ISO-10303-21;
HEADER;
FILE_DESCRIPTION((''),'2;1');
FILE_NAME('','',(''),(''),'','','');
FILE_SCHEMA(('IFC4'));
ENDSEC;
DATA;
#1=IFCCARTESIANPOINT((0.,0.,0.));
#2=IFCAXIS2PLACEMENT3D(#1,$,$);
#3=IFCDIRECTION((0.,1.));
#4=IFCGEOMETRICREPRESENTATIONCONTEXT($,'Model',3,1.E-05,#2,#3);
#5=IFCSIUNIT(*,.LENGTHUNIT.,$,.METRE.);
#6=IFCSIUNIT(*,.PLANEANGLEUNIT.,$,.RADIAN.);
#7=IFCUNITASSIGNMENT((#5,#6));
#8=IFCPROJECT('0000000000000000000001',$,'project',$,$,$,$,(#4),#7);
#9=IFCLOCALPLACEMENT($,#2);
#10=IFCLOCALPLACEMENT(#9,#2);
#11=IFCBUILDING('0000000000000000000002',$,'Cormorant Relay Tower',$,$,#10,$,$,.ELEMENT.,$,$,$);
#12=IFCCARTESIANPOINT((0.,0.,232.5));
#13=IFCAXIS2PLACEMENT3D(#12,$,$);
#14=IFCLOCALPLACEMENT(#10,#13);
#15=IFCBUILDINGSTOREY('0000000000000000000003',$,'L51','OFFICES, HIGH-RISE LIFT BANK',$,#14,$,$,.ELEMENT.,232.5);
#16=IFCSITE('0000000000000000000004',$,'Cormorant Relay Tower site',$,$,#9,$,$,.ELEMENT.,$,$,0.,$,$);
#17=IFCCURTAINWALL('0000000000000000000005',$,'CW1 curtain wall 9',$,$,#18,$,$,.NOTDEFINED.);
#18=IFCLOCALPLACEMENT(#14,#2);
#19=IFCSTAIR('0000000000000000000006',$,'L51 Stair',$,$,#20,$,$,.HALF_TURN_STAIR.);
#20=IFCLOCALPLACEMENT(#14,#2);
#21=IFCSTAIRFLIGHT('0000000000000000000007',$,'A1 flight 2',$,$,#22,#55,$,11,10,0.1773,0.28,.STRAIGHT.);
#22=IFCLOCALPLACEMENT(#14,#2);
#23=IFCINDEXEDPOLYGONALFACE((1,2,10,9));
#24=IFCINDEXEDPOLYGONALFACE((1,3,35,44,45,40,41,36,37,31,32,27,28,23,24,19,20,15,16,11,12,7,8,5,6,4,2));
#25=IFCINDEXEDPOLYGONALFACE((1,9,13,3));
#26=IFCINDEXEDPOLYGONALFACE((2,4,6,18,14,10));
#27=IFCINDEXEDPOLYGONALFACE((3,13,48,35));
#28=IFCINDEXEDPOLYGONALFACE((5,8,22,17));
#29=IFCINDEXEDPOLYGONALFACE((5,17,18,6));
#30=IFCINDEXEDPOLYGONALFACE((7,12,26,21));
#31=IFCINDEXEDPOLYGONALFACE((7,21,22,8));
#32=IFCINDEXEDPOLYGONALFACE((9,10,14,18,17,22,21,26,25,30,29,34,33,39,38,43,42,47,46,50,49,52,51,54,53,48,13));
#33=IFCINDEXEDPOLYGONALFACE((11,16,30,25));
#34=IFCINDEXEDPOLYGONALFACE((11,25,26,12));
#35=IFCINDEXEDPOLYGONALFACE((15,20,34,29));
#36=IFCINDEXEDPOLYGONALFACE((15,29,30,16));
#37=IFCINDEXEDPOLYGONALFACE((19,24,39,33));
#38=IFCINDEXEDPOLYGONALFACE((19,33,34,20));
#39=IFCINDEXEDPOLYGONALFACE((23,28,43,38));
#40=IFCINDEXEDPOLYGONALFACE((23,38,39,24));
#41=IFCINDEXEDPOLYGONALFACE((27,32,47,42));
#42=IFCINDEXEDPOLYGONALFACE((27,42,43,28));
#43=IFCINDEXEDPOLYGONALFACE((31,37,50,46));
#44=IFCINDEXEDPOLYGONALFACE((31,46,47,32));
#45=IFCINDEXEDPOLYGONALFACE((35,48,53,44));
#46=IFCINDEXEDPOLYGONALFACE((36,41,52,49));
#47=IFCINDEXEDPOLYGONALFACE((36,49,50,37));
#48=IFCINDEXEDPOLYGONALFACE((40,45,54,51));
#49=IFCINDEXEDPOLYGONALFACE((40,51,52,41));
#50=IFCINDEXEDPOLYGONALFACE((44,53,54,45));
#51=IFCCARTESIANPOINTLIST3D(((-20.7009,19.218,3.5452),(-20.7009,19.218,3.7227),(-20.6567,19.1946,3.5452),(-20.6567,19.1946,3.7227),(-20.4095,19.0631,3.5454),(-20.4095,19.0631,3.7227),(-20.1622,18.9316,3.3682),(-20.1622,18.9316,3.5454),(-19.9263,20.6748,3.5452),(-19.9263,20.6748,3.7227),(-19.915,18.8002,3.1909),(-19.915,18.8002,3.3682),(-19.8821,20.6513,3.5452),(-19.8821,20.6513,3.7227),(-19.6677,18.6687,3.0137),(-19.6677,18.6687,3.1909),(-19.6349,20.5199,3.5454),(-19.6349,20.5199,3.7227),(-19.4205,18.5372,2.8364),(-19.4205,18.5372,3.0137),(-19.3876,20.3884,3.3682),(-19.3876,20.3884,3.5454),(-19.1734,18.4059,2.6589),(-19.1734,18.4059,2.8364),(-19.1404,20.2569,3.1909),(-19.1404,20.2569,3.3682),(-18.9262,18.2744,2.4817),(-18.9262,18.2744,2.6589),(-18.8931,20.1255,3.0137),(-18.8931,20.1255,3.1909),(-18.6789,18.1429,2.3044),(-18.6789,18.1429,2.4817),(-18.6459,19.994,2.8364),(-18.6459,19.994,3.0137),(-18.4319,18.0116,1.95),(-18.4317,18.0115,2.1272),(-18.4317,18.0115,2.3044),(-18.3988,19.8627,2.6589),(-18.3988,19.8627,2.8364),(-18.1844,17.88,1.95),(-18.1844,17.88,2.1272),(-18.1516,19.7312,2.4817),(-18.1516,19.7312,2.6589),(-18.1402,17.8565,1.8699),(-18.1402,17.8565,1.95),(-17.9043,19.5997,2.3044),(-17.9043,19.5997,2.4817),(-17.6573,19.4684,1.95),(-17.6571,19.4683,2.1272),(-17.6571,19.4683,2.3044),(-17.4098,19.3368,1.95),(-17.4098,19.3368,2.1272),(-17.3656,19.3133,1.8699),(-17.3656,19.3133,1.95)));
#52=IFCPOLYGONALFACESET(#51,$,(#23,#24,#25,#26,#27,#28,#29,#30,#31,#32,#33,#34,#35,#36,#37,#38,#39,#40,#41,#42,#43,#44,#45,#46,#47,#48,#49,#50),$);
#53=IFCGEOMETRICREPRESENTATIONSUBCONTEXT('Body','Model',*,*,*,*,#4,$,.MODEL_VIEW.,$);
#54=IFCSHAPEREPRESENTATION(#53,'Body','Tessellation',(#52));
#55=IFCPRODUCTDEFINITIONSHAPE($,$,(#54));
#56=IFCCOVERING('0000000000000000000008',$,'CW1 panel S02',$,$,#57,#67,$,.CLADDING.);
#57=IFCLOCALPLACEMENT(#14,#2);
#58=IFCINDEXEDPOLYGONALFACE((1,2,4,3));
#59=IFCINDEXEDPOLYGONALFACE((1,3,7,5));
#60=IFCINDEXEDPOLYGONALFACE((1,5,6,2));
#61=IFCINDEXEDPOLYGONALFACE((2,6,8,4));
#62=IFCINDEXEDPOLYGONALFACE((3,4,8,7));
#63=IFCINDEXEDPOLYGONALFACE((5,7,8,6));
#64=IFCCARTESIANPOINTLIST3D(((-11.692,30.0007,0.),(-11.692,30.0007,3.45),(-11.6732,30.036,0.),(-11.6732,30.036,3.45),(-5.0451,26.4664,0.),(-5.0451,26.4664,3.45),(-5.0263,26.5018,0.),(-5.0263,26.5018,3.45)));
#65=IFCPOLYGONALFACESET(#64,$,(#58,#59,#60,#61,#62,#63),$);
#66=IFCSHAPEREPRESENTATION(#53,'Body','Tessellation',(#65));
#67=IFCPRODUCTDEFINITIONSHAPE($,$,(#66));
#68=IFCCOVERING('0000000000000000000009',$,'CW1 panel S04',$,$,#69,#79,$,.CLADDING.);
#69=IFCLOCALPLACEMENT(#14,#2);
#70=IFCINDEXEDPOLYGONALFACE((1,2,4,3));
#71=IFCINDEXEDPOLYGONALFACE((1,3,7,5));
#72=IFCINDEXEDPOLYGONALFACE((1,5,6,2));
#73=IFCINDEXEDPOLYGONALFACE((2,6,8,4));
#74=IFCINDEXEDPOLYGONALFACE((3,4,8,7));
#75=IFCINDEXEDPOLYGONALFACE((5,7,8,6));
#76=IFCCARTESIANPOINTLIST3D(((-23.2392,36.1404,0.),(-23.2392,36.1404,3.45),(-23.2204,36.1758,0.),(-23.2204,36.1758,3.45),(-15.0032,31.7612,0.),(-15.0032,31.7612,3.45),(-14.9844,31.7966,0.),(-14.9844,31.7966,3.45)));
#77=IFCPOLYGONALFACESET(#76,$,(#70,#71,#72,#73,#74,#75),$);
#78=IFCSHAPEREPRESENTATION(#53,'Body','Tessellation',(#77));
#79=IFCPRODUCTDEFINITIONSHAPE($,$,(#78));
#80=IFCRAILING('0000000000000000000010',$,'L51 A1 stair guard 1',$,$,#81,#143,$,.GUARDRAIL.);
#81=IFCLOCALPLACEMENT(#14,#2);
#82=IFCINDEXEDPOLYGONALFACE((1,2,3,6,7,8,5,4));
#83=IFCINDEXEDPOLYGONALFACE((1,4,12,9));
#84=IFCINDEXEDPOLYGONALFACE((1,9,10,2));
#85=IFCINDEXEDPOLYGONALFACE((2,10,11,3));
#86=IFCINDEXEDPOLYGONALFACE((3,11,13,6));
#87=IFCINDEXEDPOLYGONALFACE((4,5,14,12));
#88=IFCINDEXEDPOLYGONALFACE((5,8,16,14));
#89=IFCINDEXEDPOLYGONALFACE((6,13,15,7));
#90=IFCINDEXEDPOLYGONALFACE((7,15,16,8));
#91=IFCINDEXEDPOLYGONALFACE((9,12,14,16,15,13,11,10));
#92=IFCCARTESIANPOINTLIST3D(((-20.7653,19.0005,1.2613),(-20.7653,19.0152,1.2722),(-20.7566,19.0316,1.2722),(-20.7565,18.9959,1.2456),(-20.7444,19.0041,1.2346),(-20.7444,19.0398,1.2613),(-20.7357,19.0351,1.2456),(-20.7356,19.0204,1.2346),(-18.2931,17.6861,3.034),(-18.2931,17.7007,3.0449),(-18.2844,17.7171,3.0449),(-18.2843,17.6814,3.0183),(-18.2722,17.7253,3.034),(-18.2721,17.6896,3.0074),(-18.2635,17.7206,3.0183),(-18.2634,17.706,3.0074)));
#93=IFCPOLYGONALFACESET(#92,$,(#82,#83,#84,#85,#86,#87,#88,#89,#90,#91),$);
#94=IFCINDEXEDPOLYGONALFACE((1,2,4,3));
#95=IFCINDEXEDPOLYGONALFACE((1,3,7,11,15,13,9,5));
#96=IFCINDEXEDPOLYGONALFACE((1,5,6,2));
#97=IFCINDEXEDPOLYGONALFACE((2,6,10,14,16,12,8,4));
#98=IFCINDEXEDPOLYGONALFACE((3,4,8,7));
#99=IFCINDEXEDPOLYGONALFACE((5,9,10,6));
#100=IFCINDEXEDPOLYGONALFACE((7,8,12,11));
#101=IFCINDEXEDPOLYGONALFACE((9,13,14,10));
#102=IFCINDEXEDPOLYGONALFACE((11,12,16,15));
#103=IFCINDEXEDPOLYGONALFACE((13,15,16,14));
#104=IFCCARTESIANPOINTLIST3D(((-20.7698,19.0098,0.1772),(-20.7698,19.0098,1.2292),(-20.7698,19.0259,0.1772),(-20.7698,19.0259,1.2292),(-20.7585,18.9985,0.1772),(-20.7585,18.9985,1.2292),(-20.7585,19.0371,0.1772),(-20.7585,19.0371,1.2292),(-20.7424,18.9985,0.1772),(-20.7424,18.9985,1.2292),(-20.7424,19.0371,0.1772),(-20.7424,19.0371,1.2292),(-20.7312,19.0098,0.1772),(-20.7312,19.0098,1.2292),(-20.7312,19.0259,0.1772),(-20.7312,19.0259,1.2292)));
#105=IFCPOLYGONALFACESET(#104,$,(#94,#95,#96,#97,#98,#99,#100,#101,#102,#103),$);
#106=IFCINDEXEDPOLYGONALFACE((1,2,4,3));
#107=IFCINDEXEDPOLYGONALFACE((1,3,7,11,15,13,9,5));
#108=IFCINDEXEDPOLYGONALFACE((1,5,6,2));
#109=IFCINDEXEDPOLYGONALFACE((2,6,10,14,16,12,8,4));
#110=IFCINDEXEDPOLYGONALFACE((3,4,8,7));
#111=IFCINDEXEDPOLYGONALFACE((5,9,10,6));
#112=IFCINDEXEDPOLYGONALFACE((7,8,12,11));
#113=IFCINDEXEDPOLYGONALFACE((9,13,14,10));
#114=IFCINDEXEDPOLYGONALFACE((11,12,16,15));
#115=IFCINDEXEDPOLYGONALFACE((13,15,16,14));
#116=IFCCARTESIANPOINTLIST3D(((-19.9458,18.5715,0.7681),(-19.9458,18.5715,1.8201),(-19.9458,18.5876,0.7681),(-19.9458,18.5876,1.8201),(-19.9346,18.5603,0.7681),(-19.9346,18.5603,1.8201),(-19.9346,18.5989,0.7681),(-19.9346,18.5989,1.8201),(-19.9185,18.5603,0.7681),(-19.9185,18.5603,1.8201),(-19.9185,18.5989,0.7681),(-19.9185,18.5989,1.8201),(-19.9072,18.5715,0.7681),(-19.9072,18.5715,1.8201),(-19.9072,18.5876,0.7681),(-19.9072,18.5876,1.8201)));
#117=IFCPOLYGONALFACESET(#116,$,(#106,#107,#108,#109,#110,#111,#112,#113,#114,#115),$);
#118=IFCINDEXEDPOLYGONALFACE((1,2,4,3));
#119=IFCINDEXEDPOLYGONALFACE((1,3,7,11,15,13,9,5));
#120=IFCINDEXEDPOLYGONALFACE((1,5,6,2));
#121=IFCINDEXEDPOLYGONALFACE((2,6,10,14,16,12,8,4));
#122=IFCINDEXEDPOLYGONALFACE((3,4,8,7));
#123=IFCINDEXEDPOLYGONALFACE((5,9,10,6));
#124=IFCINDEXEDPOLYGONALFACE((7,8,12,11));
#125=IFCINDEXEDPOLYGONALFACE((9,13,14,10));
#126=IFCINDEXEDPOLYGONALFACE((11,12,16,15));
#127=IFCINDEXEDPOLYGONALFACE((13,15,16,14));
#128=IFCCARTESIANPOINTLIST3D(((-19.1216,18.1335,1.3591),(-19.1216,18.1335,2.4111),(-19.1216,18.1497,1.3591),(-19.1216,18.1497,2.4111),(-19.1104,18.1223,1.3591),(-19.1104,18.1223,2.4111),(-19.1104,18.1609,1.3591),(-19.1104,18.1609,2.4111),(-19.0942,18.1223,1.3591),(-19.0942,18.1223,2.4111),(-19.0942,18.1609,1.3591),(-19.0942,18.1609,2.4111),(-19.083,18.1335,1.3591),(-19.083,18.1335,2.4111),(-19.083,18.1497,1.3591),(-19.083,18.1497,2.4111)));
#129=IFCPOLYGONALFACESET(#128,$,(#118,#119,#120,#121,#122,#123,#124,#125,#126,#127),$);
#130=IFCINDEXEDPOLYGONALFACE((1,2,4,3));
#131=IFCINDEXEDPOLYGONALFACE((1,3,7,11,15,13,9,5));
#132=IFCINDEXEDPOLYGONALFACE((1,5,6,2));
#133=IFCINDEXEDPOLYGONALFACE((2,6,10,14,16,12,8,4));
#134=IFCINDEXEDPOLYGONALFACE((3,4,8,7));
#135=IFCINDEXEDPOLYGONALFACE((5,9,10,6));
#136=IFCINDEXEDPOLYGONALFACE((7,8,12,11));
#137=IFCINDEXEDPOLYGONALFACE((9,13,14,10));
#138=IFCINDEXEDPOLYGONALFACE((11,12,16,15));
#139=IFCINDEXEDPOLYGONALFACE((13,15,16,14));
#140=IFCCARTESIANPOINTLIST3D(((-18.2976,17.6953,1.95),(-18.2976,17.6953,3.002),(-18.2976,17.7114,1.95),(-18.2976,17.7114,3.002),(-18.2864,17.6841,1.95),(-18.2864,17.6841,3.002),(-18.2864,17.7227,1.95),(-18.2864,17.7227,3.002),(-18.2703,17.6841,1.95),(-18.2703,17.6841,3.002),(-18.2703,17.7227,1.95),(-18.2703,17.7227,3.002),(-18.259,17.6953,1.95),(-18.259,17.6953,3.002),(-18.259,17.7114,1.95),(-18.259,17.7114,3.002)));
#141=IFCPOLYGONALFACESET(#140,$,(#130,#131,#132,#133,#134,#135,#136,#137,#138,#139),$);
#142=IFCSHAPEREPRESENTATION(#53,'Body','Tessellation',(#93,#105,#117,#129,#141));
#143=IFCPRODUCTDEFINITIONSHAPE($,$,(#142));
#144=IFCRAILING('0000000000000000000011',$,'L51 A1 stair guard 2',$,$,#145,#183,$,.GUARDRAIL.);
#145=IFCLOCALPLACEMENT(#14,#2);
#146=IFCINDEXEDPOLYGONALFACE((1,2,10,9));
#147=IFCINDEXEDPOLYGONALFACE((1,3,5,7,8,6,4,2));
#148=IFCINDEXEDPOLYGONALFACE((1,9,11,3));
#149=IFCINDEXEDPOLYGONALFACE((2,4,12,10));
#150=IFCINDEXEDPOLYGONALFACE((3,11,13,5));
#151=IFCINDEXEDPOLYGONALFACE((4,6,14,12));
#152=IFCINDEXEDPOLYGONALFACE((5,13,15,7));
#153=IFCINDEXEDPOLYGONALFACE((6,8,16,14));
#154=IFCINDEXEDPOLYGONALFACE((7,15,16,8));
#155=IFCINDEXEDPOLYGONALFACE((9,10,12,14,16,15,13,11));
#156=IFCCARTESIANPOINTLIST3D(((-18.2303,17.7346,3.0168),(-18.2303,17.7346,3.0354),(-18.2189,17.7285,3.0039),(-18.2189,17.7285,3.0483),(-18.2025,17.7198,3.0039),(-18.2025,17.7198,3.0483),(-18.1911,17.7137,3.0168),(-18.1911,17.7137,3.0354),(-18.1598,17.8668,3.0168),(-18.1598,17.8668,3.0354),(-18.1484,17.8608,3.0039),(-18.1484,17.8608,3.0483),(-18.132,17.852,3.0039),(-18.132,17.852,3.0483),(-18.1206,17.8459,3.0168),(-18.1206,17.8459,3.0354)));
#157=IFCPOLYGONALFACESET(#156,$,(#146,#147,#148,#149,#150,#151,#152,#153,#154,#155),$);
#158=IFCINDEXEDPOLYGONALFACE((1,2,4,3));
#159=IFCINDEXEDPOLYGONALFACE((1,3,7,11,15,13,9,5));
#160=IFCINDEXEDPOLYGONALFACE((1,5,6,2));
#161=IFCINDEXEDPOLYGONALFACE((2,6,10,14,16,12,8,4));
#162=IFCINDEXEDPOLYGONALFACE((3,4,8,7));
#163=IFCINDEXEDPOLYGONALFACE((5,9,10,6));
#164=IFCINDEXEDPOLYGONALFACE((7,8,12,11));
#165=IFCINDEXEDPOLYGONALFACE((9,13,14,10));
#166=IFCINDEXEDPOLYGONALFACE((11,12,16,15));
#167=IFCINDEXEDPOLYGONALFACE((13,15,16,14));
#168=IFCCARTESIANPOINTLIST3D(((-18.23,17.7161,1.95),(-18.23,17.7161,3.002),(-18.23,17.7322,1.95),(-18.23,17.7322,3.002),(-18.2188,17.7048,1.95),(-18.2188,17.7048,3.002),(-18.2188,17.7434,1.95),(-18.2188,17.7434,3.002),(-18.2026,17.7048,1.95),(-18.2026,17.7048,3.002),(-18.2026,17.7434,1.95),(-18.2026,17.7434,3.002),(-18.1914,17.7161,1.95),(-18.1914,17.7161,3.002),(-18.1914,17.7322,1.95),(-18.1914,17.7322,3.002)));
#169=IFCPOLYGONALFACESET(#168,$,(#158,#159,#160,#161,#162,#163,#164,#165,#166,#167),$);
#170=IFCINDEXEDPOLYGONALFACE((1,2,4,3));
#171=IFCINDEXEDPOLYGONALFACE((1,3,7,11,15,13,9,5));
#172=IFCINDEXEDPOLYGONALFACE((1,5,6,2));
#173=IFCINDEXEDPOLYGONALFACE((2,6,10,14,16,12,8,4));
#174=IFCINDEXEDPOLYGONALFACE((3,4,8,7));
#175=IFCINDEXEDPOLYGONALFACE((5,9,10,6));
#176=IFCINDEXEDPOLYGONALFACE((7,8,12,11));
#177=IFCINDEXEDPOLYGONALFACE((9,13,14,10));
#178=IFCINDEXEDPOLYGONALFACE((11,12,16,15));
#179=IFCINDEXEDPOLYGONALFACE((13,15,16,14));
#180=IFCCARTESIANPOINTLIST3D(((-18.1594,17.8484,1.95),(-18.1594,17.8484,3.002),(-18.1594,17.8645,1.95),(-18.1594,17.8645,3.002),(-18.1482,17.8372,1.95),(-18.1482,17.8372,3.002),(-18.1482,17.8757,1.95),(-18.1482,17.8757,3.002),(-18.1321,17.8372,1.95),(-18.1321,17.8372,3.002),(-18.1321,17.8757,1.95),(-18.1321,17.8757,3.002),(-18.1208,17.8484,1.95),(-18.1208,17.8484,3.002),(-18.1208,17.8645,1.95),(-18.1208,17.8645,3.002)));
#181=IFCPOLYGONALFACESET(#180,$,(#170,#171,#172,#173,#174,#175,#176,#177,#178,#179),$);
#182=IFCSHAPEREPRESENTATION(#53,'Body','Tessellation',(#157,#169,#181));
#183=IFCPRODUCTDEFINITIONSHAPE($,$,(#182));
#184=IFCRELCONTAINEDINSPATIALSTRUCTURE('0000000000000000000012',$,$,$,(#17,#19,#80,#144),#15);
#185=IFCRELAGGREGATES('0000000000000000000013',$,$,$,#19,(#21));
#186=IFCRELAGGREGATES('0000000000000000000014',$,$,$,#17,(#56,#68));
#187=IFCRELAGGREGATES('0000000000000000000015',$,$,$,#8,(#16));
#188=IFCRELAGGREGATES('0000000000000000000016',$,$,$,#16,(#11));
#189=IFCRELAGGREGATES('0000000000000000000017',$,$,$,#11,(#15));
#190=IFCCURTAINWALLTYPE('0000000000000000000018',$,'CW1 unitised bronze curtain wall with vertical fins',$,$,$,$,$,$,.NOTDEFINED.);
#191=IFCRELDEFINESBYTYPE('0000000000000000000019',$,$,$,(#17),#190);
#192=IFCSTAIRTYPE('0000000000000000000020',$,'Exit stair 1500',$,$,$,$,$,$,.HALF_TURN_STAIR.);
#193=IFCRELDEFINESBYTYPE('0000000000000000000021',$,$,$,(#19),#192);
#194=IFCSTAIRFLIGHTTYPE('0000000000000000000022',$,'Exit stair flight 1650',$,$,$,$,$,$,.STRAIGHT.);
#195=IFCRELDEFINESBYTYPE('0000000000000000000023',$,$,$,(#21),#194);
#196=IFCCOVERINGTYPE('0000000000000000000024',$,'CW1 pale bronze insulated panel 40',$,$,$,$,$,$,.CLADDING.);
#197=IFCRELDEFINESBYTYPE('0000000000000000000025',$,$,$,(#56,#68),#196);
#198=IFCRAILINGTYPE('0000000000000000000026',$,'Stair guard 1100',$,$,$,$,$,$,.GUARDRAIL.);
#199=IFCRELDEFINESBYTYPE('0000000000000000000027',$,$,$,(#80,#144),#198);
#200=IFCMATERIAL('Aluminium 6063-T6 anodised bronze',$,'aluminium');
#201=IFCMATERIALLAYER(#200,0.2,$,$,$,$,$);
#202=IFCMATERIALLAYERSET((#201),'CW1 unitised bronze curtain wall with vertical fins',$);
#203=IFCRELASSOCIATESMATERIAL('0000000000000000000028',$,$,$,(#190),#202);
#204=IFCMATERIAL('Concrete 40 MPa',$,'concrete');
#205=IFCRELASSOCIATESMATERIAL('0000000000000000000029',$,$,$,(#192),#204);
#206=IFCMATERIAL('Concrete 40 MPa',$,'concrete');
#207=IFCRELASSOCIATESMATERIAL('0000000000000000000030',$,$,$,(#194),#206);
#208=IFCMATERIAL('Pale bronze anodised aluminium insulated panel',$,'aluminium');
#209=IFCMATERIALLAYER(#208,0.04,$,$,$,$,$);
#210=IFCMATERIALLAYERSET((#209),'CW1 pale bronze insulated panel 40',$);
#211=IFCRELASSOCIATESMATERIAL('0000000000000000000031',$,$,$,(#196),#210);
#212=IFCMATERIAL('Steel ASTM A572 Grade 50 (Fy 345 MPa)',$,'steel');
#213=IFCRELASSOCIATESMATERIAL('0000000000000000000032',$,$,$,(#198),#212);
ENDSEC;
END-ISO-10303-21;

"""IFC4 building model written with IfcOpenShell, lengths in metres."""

from ifc_helpers import new_model, si_unit, direction, frame, origin, origin_2d, place, context, subcontext, project, spatial, polyline, rectangle, outline, extrude, material, layer, layer_set, type_object, element, aggregate, save


model = new_model("IFC4")

# Units and contexts
model_context = context("Model", 3, precision=1e-05, world=origin(), true_north=direction((0.0, 1.0)))
body_context = subcontext(model_context, "Body", "Model", "MODEL_VIEW")
ifc_project = project(units=[si_unit("LENGTHUNIT", "METRE"), si_unit("PLANEANGLEUNIT", "RADIAN")], contexts=[model_context])

# Site, building, storey
site_placement = place(None, origin())
site = spatial("IfcSite", under=ifc_project, at=site_placement, Name="Cormorant Relay Tower site", CompositionType="ELEMENT", RefElevation=0.0)
building_placement = place(site_placement, origin())
building = spatial("IfcBuilding", under=site, at=building_placement, Name="Cormorant Relay Tower", CompositionType="ELEMENT")
storey_placement = place(building_placement, frame((0.0, 0.0, 232.5)))
storey = spatial("IfcBuildingStorey", under=building, at=storey_placement, Name="L51", Description="OFFICES, HIGH-RISE LIFT BANK", CompositionType="ELEMENT", Elevation=232.5)

# Curtain wall
ifc_material_1 = material(Name="Aluminium 6063-T6 anodised bronze", Category="aluminium")
ifc_layer_1 = layer(ifc_material_1, 0.2)
ifc_layer_set_1 = layer_set([ifc_layer_1], Name="CW1 unitised bronze curtain wall with vertical fins")
curtain_wall_type = type_object("IfcCurtainWallType", Name="CW1 unitised bronze curtain wall with vertical fins", PredefinedType="NOTDEFINED", material=ifc_layer_set_1)
curtain_wall_placement = place(storey_placement, origin())
curtain_wall = element("IfcCurtainWall", 1, at=curtain_wall_placement, inside=storey, type_object=curtain_wall_type, Name="CW1 curtain wall 9", PredefinedType="NOTDEFINED")

# Stair, stair flight
ifc_material_2 = material(Name="Concrete 40 MPa", Category="concrete")
stair_type = type_object("IfcStairType", Name="Exit stair 1500", PredefinedType="HALF_TURN_STAIR", material=ifc_material_2)
stair_placement = place(storey_placement, origin())
stair = element("IfcStair", 2, at=stair_placement, inside=storey, type_object=stair_type, Name="L51 Stair", PredefinedType="HALF_TURN_STAIR")
ifc_material_3 = material(Name="Concrete 40 MPa", Category="concrete")
stair_flight_type = type_object("IfcStairFlightType", Name="Exit stair flight 1650", PredefinedType="STRAIGHT", material=ifc_material_3)
stair_flight_1_placement = place(storey_placement, frame((-17.7971, 18.6084, 1.95), z_axis=(0.0, 0.0, 1.0), x_axis=(-0.882948, 0.469472, 0.0)))
stair_flight_1 = element("IfcStairFlight", 3, at=stair_flight_1_placement, type_object=stair_flight_type, Name="A1 flight 2", NumberOfRisers=11, NumberOfTreads=10, PredefinedType="STRAIGHT", RiserHeight=0.1773, TreadLength=0.28, context=body_context, shape_type="SweptSolid", body=[
    extrude(outline(polyline([(-0.05, -0.0801), (-0.05, 0.0), (0.0, 0.0), (0.0, 0.1772), (0.28, 0.1772), (0.28, 0.3545), (0.5601, 0.3545), (0.5601, 0.5317), (0.8401, 0.5317), (0.8401, 0.709), (1.1201, 0.709), (1.1201, 0.8865), (1.3999, 0.8865), (1.3999, 1.0637), (1.6799, 1.0637), (1.6799, 1.241), (1.96, 1.241), (1.96, 1.4182), (2.24, 1.4182), (2.24, 1.5955), (2.52, 1.5955), (2.52, 1.7727), (2.8, 1.7727), (2.8501, 1.7727), (2.8501, 1.5952), (2.8, 1.5952), (0.2803, 0.0), (-0.05, -0.0801)])), frame((0.0, 0.825, 0.0), z_axis=(0.0, -1.0, 0.0), x_axis=(1.0, 0.0, 0.0)), (0.0, 0.0, 1.0), 1.6499),
])
aggregate(stair, [stair_flight_1])

# Coverings
ifc_material_4 = material(Name="Pale bronze anodised aluminium insulated panel", Category="aluminium")
ifc_layer_2 = layer(ifc_material_4, 0.04)
ifc_layer_set_2 = layer_set([ifc_layer_2], Name="CW1 pale bronze insulated panel 40")
covering_type = type_object("IfcCoveringType", Name="CW1 pale bronze insulated panel 40", PredefinedType="CLADDING", material=ifc_layer_set_2)
covering_1_placement = place(storey_placement, frame((-8.3591, 28.2512, 0.0), z_axis=(0.0, 0.0, 1.0), x_axis=(-0.882948, 0.469472, 0.0)))
covering_1 = element("IfcCovering", 4, at=covering_1_placement, type_object=covering_type, Name="CW1 panel S02", PredefinedType="CLADDING", context=body_context, shape_type="SweptSolid", body=[
    extrude(rectangle(XDim=7.5281, YDim=0.04, at=origin_2d()), origin(), (0.0, 0.0, 1.0), 3.45),
])
covering_2_placement = place(storey_placement, frame((-19.1118, 33.9685, 0.0), z_axis=(0.0, 0.0, 1.0), x_axis=(-0.882948, 0.469472, 0.0)))
covering_2 = element("IfcCovering", 5, at=covering_2_placement, type_object=covering_type, Name="CW1 panel S04", PredefinedType="CLADDING", context=body_context, shape_type="SweptSolid", body=[
    extrude(rectangle(XDim=9.3279, YDim=0.04, at=origin_2d()), origin(), (0.0, 0.0, 1.0), 3.45),
])
aggregate(curtain_wall, [covering_1, covering_2])

# Railings
ifc_material_5 = material(Name="Steel ASTM A572 Grade 50 (Fy 345 MPa)", Category="steel")
railing_type_1 = type_object("IfcRailingType", Name="Stair guard 1100", PredefinedType="GUARDRAIL", material=ifc_material_5)
railing_1_placement = place(storey_placement, frame((-20.7505, 19.0178, 0.1772)))
element("IfcRailing", 6, at=railing_1_placement, inside=storey, type_object=railing_type_1, Name="L51 A1 stair guard 1", PredefinedType="GUARDRAIL", context=body_context, shape_type="SweptSolid", body=[
    extrude(outline(polyline([(0.0222, 0.0093), (0.0093, 0.0222), (-0.0093, 0.0222), (-0.0222, 0.0093), (-0.0222, -0.0093), (-0.0093, -0.0222), (0.0093, -0.0222), (0.0222, -0.0093), (0.0222, 0.0093)])), frame((0.0, 0.0, 1.0762), z_axis=(0.746001, -0.396649, 0.534931), x_axis=(0.469465, 0.882951, 0.0)), (0.0, 0.0, 1.0), 3.314),
    extrude(outline(polyline([(0.0193, 0.0081), (0.0081, 0.0193), (-0.0081, 0.0193), (-0.0193, 0.0081), (-0.0193, -0.0081), (-0.0081, -0.0193), (0.0081, -0.0193), (0.0193, -0.0081), (0.0193, 0.0081)])), origin(), (0.0, 0.0, 1.0), 1.052),
    extrude(outline(polyline([(0.0193, 0.0081), (0.0081, 0.0193), (-0.0081, 0.0193), (-0.0193, 0.0081), (-0.0193, -0.0081), (-0.0081, -0.0193), (0.0081, -0.0193), (0.0193, -0.0081), (0.0193, 0.0081)])), frame((0.824, -0.4382, 0.5908)), (0.0, 0.0, 1.0), 1.052),
    extrude(outline(polyline([(0.0193, 0.0081), (0.0081, 0.0193), (-0.0081, 0.0193), (-0.0193, 0.0081), (-0.0193, -0.0081), (-0.0081, -0.0193), (0.0081, -0.0193), (0.0193, -0.0081), (0.0193, 0.0081)])), frame((1.6482, -0.8762, 1.1819)), (0.0, 0.0, 1.0), 1.052),
    extrude(outline(polyline([(0.0193, 0.0081), (0.0081, 0.0193), (-0.0081, 0.0193), (-0.0193, 0.0081), (-0.0193, -0.0081), (-0.0081, -0.0193), (0.0081, -0.0193), (0.0193, -0.0081), (0.0193, 0.0081)])), frame((2.4722, -1.3145, 1.7727)), (0.0, 0.0, 1.0), 1.052),
])
railing_2_placement = place(storey_placement, frame((-18.2107, 17.7241, 1.95)))
element("IfcRailing", 7, at=railing_2_placement, inside=storey, type_object=railing_type_1, Name="L51 A1 stair guard 2", PredefinedType="GUARDRAIL", context=body_context, shape_type="SweptSolid", body=[
    extrude(outline(polyline([(0.0222, 0.0093), (0.0093, 0.0222), (-0.0093, 0.0222), (-0.0222, 0.0093), (-0.0222, -0.0093), (-0.0093, -0.0222), (0.0093, -0.0222), (0.0222, -0.0093), (0.0222, 0.0093)])), frame((0.0, 0.0, 1.0762), z_axis=(0.470504, 0.882398, 0.0), x_axis=(-0.882398, 0.470504, 0.0)), (0.0, 0.0, 1.0), 0.1499),
    extrude(outline(polyline([(0.0193, 0.0081), (0.0081, 0.0193), (-0.0081, 0.0193), (-0.0193, 0.0081), (-0.0193, -0.0081), (-0.0081, -0.0193), (0.0081, -0.0193), (0.0193, -0.0081), (0.0193, 0.0081)])), origin(), (0.0, 0.0, 1.0), 1.052),
    extrude(outline(polyline([(0.0193, 0.0081), (0.0081, 0.0193), (-0.0081, 0.0193), (-0.0193, 0.0081), (-0.0193, -0.0081), (-0.0081, -0.0193), (0.0081, -0.0193), (0.0193, -0.0081), (0.0193, 0.0081)])), frame((0.0706, 0.1323, 0.0)), (0.0, 0.0, 1.0), 1.052),
])

save(model, "model.ifc")
